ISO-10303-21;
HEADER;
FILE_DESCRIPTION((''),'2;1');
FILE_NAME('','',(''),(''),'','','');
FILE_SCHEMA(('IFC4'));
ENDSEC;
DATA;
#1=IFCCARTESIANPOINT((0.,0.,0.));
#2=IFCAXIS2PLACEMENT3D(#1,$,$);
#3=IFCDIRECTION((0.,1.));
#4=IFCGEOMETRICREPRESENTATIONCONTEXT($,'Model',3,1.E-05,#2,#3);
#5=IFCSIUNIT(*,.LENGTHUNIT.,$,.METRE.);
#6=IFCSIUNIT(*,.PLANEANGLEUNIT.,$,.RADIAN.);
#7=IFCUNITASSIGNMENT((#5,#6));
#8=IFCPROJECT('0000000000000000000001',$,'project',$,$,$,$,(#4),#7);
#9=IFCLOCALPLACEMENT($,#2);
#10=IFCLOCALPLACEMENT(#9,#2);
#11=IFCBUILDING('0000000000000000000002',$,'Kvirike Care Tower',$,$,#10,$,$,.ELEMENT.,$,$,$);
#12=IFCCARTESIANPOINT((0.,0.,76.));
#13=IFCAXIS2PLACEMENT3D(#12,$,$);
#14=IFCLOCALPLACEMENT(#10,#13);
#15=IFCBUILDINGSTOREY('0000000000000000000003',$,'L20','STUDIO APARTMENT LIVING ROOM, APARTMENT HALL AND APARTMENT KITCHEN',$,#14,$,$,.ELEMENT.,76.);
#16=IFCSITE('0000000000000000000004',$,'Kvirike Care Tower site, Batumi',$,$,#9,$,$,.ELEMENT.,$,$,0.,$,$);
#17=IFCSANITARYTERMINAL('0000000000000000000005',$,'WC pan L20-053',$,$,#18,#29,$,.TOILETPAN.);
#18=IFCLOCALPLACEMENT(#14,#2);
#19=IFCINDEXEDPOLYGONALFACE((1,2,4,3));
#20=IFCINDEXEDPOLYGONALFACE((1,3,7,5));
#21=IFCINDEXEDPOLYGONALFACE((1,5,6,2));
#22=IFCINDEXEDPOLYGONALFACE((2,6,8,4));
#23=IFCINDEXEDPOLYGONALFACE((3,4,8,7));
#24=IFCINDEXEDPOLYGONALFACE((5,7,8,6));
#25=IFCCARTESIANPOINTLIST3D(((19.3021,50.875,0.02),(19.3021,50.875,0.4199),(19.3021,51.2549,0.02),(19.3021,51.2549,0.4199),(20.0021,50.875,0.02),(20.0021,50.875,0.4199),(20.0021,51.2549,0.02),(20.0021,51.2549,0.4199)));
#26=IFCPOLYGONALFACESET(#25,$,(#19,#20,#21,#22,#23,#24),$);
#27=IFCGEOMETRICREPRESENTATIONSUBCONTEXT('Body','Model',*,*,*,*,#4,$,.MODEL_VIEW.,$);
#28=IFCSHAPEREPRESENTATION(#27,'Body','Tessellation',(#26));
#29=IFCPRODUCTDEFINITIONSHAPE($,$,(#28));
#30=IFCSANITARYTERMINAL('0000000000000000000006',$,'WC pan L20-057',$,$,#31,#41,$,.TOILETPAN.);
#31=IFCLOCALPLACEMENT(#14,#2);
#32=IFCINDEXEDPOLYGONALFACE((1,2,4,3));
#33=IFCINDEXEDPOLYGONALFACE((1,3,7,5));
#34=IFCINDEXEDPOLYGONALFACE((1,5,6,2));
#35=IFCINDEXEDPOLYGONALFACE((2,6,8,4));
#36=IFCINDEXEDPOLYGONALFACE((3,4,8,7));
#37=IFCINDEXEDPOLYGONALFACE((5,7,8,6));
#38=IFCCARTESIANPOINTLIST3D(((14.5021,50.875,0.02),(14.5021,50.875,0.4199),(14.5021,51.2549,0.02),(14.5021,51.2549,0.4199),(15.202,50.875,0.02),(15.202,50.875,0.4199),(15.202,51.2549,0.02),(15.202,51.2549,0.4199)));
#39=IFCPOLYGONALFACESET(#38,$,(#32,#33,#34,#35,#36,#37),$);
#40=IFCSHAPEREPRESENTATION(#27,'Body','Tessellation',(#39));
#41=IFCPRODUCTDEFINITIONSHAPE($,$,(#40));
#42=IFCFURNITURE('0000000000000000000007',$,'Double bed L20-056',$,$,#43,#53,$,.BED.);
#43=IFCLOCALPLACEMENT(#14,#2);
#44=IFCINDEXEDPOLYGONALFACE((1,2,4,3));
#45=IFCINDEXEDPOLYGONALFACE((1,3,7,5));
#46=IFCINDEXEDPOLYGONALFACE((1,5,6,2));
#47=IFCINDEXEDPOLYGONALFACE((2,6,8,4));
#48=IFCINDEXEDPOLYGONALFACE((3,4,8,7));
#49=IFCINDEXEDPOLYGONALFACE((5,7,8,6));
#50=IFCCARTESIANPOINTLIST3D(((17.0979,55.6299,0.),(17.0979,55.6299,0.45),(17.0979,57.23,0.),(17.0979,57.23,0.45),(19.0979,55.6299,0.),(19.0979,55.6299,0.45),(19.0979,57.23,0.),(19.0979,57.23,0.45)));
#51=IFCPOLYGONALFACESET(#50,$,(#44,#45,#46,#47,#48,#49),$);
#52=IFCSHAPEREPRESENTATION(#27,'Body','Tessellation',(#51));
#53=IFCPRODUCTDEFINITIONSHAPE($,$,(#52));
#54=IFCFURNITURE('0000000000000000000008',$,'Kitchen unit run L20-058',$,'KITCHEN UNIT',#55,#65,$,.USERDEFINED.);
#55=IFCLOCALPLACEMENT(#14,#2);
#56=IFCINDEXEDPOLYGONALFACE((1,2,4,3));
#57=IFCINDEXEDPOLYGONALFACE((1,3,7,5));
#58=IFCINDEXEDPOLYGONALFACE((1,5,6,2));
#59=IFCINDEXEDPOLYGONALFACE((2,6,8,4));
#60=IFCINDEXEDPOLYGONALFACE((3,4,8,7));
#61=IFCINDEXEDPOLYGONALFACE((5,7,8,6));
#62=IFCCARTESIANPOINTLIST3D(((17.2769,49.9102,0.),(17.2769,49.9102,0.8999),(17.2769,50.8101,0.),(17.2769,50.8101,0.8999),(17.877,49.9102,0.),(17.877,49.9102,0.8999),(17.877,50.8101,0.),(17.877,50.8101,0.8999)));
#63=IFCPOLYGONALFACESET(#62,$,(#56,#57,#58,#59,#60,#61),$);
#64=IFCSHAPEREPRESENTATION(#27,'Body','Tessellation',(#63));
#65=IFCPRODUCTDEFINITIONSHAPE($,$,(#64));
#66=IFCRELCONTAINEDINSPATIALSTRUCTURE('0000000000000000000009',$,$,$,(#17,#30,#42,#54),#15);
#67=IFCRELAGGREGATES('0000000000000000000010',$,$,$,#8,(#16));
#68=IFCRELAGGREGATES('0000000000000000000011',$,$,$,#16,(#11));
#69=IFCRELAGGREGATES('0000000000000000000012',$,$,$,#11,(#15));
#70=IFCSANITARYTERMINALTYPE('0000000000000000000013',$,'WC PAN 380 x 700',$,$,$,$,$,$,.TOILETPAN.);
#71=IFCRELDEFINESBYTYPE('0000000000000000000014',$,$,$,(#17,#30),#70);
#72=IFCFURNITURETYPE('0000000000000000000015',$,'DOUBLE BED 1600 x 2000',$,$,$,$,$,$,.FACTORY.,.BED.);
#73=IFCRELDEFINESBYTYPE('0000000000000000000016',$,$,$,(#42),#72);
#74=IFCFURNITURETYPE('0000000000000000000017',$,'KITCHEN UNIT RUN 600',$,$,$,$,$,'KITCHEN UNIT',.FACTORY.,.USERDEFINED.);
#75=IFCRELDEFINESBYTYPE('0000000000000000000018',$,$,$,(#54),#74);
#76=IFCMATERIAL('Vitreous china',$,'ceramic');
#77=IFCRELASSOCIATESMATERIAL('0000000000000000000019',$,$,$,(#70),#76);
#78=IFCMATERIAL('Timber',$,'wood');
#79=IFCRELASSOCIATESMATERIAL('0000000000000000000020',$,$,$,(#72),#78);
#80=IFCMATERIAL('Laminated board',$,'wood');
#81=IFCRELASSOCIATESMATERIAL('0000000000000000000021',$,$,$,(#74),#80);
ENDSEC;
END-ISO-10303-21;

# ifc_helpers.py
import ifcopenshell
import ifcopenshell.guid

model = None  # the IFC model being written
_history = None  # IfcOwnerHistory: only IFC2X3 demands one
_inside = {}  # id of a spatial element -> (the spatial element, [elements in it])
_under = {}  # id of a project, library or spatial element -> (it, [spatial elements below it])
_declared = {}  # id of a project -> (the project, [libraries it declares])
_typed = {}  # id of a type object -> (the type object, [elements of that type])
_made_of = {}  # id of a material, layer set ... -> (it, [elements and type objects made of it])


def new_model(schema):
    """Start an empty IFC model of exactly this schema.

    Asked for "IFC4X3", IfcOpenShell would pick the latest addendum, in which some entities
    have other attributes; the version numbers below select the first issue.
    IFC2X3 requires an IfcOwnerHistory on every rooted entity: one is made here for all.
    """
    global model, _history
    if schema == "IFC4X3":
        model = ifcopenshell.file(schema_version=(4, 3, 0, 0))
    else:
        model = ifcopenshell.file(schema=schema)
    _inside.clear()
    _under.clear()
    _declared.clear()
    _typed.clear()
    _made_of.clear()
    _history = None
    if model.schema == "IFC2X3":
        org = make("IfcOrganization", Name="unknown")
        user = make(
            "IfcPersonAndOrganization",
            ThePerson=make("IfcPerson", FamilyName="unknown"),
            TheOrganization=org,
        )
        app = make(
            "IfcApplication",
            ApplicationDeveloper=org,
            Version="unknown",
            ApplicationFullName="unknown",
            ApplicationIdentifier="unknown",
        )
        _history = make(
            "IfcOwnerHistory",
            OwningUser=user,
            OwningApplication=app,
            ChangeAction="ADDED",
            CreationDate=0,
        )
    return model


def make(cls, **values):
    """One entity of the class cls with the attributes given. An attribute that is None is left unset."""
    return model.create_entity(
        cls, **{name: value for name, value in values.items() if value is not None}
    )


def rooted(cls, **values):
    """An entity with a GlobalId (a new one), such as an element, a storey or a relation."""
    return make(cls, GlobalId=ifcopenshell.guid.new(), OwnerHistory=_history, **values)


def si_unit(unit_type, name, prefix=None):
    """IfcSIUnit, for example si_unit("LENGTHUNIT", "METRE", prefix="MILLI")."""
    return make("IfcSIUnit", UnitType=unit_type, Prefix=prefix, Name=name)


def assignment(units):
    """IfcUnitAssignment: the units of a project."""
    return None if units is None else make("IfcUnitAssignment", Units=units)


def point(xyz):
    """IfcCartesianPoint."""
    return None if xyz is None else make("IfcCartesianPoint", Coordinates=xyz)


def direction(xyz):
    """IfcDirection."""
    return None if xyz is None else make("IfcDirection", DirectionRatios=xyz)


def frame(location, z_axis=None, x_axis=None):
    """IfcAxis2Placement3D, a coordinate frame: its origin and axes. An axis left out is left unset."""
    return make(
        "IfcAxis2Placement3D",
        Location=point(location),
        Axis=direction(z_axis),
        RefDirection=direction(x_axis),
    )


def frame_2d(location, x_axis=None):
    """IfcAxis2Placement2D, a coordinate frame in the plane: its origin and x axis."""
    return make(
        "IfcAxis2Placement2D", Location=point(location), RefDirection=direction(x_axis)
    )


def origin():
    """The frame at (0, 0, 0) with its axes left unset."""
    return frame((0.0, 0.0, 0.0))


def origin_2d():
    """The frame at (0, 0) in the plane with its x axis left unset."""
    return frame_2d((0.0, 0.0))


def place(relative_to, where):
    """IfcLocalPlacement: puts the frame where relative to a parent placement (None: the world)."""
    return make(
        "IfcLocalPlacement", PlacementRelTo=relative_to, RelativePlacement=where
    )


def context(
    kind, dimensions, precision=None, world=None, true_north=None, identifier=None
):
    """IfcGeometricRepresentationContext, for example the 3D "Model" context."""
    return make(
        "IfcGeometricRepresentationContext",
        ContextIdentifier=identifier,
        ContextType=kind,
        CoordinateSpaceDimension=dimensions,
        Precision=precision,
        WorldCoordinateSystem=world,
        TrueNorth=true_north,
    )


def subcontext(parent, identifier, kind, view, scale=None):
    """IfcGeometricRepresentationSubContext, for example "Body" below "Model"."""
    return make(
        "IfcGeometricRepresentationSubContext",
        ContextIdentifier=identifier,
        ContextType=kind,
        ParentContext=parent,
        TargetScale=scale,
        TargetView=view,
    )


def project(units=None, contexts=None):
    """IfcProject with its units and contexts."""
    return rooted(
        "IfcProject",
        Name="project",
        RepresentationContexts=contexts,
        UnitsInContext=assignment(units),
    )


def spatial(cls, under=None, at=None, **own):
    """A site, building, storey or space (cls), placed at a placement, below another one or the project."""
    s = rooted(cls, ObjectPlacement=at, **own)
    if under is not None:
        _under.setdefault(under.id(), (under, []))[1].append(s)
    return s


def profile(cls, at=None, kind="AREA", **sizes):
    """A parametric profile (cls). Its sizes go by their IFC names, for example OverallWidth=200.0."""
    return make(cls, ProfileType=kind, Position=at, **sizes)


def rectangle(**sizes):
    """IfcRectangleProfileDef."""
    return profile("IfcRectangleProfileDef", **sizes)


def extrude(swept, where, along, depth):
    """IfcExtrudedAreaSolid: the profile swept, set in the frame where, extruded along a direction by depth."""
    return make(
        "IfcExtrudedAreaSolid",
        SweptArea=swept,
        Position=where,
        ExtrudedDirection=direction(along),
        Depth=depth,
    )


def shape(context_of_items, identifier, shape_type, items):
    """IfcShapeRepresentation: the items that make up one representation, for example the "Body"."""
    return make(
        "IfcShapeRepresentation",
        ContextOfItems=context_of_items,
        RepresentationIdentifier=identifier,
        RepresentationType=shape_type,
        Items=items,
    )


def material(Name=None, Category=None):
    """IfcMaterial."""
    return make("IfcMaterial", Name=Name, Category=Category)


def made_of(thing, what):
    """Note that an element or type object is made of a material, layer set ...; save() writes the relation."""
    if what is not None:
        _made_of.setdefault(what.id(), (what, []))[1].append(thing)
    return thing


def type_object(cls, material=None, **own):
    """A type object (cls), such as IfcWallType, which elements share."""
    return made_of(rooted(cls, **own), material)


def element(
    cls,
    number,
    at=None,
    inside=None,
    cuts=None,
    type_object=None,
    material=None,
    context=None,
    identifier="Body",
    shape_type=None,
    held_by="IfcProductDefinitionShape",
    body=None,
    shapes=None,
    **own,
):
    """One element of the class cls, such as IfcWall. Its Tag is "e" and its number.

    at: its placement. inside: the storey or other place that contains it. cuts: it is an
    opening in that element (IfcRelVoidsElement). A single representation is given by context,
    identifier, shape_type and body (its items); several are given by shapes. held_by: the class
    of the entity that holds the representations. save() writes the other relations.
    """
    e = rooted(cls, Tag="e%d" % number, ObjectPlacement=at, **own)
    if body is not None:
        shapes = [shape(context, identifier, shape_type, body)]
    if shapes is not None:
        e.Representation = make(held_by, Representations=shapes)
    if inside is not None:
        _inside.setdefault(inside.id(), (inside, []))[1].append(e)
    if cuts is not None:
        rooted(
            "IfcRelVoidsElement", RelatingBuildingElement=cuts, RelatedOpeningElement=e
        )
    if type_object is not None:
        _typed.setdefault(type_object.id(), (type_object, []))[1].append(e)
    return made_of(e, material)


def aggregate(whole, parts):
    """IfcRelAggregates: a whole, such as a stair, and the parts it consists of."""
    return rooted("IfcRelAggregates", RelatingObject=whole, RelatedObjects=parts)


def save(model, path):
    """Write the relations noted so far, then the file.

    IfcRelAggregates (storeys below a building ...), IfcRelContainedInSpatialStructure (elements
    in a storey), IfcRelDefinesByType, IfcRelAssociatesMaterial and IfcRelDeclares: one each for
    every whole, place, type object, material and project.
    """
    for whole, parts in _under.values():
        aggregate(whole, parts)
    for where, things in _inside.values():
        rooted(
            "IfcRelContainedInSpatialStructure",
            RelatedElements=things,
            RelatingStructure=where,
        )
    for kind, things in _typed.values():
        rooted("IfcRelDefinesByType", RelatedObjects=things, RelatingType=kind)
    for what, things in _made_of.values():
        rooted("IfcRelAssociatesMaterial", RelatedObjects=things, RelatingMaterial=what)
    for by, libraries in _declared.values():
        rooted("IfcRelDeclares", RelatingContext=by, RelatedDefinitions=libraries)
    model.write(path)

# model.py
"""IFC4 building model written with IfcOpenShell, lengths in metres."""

from ifc_helpers import new_model, si_unit, direction, frame, origin, origin_2d, place, context, subcontext, project, spatial, rectangle, extrude, material, type_object, element, save


model = new_model("IFC4")

# Units and contexts
model_context = context("Model", 3, precision=1e-05, world=origin(), true_north=direction((0.0, 1.0)))
body_context = subcontext(model_context, "Body", "Model", "MODEL_VIEW")
ifc_project = project(units=[si_unit("LENGTHUNIT", "METRE"), si_unit("PLANEANGLEUNIT", "RADIAN")], contexts=[model_context])

# Site, building, storey
site_placement = place(None, origin())
site = spatial("IfcSite", under=ifc_project, at=site_placement, Name="Kvirike Care Tower site, Batumi", CompositionType="ELEMENT", RefElevation=0.0)
building_placement = place(site_placement, origin())
building = spatial("IfcBuilding", under=site, at=building_placement, Name="Kvirike Care Tower", CompositionType="ELEMENT")
storey_placement = place(building_placement, frame((0.0, 0.0, 76.0)))
storey = spatial("IfcBuildingStorey", under=building, at=storey_placement, Name="L20", Description="STUDIO APARTMENT LIVING ROOM, APARTMENT HALL AND APARTMENT KITCHEN", CompositionType="ELEMENT", Elevation=76.0)

# Sanitary terminals
ifc_material_1 = material(Name="Vitreous china", Category="ceramic")
sanitary_terminal_type_1 = type_object("IfcSanitaryTerminalType", Name="WC PAN 380 x 700", PredefinedType="TOILETPAN", material=ifc_material_1)
for number, where, z_axis, x_axis, name in (
    (1, (19.6521, 51.0649, 0.02), (0.0, 0.0, 1.0), (0.0, 1.0, 0.0), "WC pan L20-053"),
    (2, (14.8521, 51.0649, 0.02), (0.0, 0.0, 1.0), (0.0, 1.0, 0.0), "WC pan L20-057"),
):
    element("IfcSanitaryTerminal", number, at=place(storey_placement, frame(where, z_axis=z_axis, x_axis=x_axis)), inside=storey, type_object=sanitary_terminal_type_1, Name=name, PredefinedType="TOILETPAN", context=body_context, shape_type="SweptSolid", body=[
        extrude(rectangle(XDim=0.3799, YDim=0.7, at=origin_2d()), origin(), (0.0, 0.0, 1.0), 0.3999),
    ])

# Furniture
ifc_material_2 = material(Name="Timber", Category="wood")
furniture_type_1 = type_object("IfcFurnitureType", Name="DOUBLE BED 1600 x 2000", AssemblyPlace="FACTORY", PredefinedType="BED", material=ifc_material_2)
furniture_1_placement = place(storey_placement, frame((18.0979, 56.4299, 0.0), z_axis=(0.0, 0.0, 1.0), x_axis=(0.0, -1.0, 0.0)))
element("IfcFurniture", 3, at=furniture_1_placement, inside=storey, type_object=furniture_type_1, Name="Double bed L20-056", PredefinedType="BED", context=body_context, shape_type="SweptSolid", body=[
    extrude(rectangle(XDim=1.6001, YDim=2.0, at=origin_2d()), origin(), (0.0, 0.0, 1.0), 0.45),
])
ifc_material_3 = material(Name="Laminated board", Category="wood")
furniture_type_2 = type_object("IfcFurnitureType", Name="KITCHEN UNIT RUN 600", ElementType="KITCHEN UNIT", AssemblyPlace="FACTORY", PredefinedType="USERDEFINED", material=ifc_material_3)
furniture_2_placement = place(storey_placement, frame((17.5769, 50.3601, 0.0), z_axis=(0.0, 0.0, 1.0), x_axis=(0.0, 1.0, 0.0)))
element("IfcFurniture", 4, at=furniture_2_placement, inside=storey, type_object=furniture_type_2, Name="Kitchen unit run L20-058", ObjectType="KITCHEN UNIT", PredefinedType="USERDEFINED", context=body_context, shape_type="SweptSolid", body=[
    extrude(rectangle(XDim=0.8999, YDim=0.6001, at=origin_2d()), origin(), (0.0, 0.0, 1.0), 0.8999),
])

save(model, "model.ifc")
